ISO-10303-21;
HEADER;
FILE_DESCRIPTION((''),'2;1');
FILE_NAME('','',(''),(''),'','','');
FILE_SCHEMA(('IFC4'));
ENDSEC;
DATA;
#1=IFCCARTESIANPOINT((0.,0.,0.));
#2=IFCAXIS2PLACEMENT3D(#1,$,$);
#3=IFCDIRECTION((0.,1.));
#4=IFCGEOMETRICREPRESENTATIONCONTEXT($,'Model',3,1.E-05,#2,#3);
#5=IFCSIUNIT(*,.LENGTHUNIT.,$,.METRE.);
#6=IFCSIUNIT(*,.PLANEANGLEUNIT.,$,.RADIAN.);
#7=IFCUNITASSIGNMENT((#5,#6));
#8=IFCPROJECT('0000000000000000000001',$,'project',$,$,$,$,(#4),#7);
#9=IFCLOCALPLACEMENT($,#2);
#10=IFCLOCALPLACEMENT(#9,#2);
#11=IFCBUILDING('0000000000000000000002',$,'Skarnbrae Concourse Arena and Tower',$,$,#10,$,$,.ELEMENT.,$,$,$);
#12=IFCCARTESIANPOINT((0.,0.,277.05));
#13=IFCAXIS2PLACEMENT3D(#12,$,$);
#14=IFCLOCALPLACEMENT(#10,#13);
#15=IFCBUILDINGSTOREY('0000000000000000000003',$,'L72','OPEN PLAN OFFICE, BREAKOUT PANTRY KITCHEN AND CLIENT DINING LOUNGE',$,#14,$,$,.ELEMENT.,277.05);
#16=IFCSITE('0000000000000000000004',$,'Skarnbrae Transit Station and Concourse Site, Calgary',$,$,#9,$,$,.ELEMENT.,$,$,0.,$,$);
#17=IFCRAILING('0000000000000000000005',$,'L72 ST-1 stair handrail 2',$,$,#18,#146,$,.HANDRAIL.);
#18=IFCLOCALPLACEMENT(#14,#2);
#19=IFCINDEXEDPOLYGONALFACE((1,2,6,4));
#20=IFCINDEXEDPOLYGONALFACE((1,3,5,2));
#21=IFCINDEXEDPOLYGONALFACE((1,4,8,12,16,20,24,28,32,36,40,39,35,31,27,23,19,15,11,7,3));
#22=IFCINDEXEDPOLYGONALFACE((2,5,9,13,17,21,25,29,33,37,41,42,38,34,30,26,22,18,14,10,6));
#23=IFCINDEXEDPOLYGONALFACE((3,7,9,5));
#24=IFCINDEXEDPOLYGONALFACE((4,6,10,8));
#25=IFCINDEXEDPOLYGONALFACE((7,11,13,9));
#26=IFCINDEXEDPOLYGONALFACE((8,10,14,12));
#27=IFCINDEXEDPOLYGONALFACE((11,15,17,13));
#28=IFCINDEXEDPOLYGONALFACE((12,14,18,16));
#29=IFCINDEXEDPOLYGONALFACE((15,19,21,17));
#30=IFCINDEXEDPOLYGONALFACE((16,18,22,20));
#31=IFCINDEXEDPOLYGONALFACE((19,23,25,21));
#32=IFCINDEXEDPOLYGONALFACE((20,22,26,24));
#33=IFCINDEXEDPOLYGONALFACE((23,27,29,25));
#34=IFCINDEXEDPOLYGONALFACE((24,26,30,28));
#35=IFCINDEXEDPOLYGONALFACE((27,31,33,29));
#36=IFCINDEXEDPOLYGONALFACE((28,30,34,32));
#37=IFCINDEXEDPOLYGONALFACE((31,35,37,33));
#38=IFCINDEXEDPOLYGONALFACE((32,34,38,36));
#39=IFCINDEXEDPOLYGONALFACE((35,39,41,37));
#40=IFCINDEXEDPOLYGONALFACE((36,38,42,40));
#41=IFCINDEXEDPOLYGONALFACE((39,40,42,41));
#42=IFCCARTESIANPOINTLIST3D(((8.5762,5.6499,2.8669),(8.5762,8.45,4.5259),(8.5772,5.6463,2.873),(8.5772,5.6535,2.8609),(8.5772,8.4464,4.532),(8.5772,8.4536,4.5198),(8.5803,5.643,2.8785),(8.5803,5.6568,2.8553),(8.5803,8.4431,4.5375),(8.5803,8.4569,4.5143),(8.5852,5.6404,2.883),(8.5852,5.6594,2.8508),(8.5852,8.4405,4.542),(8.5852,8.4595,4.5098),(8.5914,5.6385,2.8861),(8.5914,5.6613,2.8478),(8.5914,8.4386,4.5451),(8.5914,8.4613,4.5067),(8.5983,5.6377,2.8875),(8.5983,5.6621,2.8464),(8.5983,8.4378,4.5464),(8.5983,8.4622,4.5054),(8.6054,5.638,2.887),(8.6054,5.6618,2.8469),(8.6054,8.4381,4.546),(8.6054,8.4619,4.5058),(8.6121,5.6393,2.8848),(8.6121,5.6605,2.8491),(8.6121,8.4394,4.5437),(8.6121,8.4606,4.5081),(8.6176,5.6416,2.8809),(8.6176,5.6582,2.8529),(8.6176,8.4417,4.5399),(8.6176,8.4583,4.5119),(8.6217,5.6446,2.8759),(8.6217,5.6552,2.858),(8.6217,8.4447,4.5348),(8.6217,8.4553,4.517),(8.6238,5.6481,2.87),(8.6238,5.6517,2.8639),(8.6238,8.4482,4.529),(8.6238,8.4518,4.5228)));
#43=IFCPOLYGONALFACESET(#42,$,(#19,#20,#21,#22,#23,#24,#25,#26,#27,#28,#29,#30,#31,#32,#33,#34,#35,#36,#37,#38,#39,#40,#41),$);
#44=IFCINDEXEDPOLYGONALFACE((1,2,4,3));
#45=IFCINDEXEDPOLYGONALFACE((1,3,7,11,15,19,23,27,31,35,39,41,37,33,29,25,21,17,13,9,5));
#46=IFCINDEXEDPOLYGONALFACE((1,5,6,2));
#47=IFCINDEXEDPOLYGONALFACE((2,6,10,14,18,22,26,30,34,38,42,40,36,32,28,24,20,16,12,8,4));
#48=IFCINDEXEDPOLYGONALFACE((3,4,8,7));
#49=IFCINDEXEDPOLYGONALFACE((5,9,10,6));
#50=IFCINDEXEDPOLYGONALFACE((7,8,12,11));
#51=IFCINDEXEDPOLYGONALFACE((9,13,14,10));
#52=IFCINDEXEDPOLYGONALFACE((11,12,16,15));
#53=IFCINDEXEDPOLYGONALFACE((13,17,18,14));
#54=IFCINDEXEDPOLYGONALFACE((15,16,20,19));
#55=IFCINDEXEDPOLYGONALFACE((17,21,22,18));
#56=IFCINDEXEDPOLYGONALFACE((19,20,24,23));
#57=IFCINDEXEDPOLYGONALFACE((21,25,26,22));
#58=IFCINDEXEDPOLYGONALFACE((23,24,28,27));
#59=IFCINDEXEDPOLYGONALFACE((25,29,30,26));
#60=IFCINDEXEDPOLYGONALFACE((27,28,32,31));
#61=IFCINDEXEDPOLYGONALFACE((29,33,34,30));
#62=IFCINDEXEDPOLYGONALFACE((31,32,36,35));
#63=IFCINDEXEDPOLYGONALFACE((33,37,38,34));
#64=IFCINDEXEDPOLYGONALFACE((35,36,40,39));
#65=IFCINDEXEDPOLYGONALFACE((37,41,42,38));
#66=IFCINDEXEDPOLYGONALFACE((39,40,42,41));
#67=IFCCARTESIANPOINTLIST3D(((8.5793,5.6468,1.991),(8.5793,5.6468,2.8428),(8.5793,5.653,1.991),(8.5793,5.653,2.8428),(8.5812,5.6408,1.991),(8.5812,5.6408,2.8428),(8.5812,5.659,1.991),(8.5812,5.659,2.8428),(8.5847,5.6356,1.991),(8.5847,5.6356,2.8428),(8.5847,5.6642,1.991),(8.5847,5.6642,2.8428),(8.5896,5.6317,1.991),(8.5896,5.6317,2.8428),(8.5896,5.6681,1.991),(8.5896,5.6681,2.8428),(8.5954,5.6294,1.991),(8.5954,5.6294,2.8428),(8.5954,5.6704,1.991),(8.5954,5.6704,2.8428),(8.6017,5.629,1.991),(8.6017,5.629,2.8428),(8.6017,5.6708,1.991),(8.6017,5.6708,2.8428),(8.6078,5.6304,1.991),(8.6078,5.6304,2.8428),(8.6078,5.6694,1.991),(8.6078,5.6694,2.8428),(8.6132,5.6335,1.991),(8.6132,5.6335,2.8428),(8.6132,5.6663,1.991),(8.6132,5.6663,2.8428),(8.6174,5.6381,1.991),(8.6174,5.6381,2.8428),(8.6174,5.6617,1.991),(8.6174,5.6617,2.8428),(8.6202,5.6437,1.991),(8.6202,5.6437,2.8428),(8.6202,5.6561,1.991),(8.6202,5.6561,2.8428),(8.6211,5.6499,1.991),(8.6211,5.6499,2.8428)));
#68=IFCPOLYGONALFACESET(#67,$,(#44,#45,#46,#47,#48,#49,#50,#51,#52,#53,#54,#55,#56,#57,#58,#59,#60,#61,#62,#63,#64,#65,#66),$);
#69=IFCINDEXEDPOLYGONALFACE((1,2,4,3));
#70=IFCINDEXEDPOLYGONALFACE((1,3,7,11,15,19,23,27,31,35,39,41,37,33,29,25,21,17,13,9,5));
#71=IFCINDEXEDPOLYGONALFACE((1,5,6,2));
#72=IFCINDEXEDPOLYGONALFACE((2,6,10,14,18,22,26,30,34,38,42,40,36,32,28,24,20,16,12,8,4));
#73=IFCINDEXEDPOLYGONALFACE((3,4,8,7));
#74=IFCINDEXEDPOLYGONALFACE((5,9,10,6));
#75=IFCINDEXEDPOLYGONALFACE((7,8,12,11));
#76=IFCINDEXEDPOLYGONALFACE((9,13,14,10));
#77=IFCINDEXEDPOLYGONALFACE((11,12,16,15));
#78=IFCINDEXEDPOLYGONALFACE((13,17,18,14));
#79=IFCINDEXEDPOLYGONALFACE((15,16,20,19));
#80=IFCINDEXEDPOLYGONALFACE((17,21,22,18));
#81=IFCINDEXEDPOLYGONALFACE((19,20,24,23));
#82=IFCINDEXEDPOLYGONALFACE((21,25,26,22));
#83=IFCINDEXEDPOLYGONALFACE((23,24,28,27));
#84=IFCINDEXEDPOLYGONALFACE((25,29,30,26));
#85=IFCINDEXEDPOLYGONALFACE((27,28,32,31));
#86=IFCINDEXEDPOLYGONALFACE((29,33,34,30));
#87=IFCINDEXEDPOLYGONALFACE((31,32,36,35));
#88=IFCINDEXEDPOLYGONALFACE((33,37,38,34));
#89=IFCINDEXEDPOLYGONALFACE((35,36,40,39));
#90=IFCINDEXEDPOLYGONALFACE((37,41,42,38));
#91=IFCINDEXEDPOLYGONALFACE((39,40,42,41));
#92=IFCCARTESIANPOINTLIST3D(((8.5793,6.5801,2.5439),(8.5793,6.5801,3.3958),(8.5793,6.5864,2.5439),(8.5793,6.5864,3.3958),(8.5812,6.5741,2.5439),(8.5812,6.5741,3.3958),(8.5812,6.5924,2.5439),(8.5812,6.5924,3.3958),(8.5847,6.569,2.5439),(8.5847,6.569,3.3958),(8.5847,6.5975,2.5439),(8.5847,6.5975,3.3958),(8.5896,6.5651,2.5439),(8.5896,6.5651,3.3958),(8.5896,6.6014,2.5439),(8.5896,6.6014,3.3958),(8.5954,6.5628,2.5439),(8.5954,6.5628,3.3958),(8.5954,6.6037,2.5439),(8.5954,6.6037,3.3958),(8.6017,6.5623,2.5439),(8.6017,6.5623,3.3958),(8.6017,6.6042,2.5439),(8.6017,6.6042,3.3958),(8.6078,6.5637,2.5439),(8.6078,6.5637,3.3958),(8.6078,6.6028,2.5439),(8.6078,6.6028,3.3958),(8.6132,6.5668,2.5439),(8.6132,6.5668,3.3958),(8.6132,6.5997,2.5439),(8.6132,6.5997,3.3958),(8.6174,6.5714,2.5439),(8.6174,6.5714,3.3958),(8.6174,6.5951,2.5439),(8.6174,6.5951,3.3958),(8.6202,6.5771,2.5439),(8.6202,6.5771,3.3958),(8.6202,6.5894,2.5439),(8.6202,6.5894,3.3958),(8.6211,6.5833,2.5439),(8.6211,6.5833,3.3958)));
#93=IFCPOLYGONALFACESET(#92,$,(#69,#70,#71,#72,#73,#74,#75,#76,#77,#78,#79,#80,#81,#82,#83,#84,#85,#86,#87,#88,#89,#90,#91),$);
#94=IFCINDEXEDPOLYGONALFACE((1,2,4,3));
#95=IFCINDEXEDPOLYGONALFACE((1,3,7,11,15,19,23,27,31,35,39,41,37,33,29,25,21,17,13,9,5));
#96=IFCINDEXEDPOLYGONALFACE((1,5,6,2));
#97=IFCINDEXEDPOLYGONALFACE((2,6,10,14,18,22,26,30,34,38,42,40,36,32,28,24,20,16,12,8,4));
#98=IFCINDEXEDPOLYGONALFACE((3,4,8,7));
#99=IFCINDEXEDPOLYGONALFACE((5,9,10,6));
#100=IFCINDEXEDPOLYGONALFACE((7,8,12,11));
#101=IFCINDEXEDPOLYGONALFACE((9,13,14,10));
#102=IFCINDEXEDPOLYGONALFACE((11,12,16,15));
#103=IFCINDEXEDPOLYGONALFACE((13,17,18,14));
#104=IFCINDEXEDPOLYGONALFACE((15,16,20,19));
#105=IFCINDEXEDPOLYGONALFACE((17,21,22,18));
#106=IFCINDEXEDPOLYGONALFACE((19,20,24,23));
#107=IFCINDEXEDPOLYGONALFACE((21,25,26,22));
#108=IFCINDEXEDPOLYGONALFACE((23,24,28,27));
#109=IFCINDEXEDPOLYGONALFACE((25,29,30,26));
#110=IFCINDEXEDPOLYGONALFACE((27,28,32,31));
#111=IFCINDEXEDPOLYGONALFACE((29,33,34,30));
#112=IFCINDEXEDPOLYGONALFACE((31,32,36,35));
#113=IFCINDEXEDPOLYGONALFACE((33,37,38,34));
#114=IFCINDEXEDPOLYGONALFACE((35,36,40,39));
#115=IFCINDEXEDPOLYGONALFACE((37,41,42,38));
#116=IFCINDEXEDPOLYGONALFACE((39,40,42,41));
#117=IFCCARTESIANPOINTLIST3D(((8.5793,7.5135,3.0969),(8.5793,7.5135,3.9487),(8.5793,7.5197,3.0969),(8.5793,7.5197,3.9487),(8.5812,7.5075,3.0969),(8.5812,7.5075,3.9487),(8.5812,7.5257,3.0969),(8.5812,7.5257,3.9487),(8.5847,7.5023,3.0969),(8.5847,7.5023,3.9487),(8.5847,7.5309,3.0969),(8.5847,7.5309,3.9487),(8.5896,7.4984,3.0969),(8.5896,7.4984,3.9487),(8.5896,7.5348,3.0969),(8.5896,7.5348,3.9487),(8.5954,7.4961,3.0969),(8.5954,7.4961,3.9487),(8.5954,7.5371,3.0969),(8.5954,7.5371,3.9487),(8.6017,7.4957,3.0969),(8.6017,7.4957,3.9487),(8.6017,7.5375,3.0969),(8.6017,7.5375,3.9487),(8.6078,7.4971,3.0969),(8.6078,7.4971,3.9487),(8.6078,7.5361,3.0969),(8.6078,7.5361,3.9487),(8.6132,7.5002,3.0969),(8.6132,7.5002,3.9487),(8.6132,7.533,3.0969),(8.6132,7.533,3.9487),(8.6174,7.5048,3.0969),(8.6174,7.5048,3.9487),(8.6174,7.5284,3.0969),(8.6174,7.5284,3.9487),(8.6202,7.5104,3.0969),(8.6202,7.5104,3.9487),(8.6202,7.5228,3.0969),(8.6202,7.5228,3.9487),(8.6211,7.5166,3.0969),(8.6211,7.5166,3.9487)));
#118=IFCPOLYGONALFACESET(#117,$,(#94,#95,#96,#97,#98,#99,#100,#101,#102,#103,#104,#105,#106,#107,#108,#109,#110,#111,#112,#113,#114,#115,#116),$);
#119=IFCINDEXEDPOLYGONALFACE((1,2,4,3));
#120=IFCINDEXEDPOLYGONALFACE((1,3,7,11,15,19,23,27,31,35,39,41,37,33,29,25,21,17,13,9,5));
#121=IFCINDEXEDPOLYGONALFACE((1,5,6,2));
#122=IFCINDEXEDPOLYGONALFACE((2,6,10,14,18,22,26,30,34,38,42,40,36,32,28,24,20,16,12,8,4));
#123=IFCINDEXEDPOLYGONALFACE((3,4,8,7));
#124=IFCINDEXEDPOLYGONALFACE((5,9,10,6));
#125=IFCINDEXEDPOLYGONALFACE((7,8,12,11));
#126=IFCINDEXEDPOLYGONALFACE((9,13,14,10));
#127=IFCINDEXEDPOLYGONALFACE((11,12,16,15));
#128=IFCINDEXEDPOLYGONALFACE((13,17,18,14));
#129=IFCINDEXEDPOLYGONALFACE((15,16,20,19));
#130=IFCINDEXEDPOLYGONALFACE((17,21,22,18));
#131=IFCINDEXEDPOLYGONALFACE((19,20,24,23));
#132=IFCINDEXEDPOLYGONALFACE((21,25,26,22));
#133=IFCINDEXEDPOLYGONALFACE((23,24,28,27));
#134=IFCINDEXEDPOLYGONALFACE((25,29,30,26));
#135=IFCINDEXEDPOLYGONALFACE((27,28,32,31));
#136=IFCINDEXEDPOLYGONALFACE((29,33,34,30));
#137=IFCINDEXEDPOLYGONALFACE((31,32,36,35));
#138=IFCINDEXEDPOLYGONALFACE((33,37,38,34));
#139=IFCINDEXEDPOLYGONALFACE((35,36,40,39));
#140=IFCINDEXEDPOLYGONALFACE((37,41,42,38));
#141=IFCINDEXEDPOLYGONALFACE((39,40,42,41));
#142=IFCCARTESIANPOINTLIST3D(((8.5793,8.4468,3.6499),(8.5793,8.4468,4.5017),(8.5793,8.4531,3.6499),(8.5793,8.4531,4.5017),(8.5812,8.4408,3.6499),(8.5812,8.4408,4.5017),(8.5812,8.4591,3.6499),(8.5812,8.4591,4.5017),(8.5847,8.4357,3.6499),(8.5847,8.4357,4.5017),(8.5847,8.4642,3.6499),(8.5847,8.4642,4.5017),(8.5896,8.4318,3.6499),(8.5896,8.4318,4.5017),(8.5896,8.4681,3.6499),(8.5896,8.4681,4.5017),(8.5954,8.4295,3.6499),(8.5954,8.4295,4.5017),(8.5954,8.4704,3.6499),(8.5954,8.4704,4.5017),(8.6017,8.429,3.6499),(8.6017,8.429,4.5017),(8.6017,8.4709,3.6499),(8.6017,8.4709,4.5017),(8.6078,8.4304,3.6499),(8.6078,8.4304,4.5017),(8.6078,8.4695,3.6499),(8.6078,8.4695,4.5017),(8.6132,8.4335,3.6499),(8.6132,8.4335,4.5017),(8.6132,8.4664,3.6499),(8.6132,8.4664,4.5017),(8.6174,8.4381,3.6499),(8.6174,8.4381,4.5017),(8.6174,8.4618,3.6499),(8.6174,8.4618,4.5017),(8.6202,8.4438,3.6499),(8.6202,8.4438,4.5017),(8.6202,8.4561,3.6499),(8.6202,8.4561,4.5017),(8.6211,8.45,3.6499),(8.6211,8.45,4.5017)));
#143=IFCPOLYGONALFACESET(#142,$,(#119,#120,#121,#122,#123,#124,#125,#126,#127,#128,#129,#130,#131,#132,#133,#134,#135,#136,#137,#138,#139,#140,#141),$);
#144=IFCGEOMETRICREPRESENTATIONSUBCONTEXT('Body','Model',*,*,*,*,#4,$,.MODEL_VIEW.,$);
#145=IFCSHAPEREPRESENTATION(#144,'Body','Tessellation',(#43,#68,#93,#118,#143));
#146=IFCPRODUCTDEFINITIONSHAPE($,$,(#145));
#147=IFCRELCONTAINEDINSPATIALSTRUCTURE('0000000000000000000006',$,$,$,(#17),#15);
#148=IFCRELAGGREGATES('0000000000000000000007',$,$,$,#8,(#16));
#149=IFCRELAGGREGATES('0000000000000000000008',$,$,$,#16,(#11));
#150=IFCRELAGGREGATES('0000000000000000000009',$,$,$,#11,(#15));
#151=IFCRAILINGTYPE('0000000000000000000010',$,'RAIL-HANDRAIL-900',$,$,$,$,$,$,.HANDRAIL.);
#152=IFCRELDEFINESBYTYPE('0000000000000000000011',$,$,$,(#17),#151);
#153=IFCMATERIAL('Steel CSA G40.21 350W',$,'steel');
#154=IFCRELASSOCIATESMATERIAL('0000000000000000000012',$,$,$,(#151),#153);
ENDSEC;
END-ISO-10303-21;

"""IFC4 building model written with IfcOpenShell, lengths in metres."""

from ifc_helpers import new_model, si_unit, direction, frame, origin, origin_2d, place, context, subcontext, project, spatial, circle, extrude, material, type_object, element, save


model = new_model("IFC4")

# Units and contexts
model_context = context("Model", 3, precision=1e-05, world=origin(), true_north=direction((0.0, 1.0)))
body_context = subcontext(model_context, "Body", "Model", "MODEL_VIEW")
ifc_project = project(units=[si_unit("LENGTHUNIT", "METRE"), si_unit("PLANEANGLEUNIT", "RADIAN")], contexts=[model_context])

# Site, building, storey
site_placement = place(None, origin())
site = spatial("IfcSite", under=ifc_project, at=site_placement, Name="Skarnbrae Transit Station and Concourse Site, Calgary", CompositionType="ELEMENT", RefElevation=0.0)
building_placement = place(site_placement, origin())
building = spatial("IfcBuilding", under=site, at=building_placement, Name="Skarnbrae Concourse Arena and Tower", CompositionType="ELEMENT")
storey_placement = place(building_placement, frame((0.0, 0.0, 277.05)))
storey = spatial("IfcBuildingStorey", under=building, at=storey_placement, Name="L72", Description="OPEN PLAN OFFICE, BREAKOUT PANTRY KITCHEN AND CLIENT DINING LOUNGE", CompositionType="ELEMENT", Elevation=277.05)

# Shared definitions
ifc_material_1 = material(Name="Steel CSA G40.21 350W", Category="steel")

# Railing
railing_type_1 = type_object("IfcRailingType", Name="RAIL-HANDRAIL-900", PredefinedType="HANDRAIL", material=ifc_material_1)
railing_1_placement = place(storey_placement, frame((8.6001, 5.6499, 1.991)))
element("IfcRailing", 1, at=railing_1_placement, inside=storey, type_object=railing_type_1, Name="L72 ST-1 stair handrail 2", PredefinedType="HANDRAIL", context=body_context, shape_type="SweptSolid", body=[
    extrude(circle(Radius=0.0239, at=origin_2d()), frame((0.0, 0.0, 0.876), z_axis=(0.0, 0.860339, 0.509722), x_axis=(-1.0, 0.0, 0.0)), (0.0, 0.0, 1.0), 3.2546),
    extrude(circle(Radius=0.021, at=origin_2d()), origin(), (0.0, 0.0, 1.0), 0.8518),
    extrude(circle(Radius=0.021, at=origin_2d()), frame((0.0, 0.9333, 0.553)), (0.0, 0.0, 1.0), 0.8518),
    extrude(circle(Radius=0.021, at=origin_2d()), frame((0.0, 1.8667, 1.106)), (0.0, 0.0, 1.0), 0.8518),
    extrude(circle(Radius=0.021, at=origin_2d()), frame((0.0, 2.8, 1.6589)), (0.0, 0.0, 1.0), 0.8518),
])

save(model, "model.ifc")
